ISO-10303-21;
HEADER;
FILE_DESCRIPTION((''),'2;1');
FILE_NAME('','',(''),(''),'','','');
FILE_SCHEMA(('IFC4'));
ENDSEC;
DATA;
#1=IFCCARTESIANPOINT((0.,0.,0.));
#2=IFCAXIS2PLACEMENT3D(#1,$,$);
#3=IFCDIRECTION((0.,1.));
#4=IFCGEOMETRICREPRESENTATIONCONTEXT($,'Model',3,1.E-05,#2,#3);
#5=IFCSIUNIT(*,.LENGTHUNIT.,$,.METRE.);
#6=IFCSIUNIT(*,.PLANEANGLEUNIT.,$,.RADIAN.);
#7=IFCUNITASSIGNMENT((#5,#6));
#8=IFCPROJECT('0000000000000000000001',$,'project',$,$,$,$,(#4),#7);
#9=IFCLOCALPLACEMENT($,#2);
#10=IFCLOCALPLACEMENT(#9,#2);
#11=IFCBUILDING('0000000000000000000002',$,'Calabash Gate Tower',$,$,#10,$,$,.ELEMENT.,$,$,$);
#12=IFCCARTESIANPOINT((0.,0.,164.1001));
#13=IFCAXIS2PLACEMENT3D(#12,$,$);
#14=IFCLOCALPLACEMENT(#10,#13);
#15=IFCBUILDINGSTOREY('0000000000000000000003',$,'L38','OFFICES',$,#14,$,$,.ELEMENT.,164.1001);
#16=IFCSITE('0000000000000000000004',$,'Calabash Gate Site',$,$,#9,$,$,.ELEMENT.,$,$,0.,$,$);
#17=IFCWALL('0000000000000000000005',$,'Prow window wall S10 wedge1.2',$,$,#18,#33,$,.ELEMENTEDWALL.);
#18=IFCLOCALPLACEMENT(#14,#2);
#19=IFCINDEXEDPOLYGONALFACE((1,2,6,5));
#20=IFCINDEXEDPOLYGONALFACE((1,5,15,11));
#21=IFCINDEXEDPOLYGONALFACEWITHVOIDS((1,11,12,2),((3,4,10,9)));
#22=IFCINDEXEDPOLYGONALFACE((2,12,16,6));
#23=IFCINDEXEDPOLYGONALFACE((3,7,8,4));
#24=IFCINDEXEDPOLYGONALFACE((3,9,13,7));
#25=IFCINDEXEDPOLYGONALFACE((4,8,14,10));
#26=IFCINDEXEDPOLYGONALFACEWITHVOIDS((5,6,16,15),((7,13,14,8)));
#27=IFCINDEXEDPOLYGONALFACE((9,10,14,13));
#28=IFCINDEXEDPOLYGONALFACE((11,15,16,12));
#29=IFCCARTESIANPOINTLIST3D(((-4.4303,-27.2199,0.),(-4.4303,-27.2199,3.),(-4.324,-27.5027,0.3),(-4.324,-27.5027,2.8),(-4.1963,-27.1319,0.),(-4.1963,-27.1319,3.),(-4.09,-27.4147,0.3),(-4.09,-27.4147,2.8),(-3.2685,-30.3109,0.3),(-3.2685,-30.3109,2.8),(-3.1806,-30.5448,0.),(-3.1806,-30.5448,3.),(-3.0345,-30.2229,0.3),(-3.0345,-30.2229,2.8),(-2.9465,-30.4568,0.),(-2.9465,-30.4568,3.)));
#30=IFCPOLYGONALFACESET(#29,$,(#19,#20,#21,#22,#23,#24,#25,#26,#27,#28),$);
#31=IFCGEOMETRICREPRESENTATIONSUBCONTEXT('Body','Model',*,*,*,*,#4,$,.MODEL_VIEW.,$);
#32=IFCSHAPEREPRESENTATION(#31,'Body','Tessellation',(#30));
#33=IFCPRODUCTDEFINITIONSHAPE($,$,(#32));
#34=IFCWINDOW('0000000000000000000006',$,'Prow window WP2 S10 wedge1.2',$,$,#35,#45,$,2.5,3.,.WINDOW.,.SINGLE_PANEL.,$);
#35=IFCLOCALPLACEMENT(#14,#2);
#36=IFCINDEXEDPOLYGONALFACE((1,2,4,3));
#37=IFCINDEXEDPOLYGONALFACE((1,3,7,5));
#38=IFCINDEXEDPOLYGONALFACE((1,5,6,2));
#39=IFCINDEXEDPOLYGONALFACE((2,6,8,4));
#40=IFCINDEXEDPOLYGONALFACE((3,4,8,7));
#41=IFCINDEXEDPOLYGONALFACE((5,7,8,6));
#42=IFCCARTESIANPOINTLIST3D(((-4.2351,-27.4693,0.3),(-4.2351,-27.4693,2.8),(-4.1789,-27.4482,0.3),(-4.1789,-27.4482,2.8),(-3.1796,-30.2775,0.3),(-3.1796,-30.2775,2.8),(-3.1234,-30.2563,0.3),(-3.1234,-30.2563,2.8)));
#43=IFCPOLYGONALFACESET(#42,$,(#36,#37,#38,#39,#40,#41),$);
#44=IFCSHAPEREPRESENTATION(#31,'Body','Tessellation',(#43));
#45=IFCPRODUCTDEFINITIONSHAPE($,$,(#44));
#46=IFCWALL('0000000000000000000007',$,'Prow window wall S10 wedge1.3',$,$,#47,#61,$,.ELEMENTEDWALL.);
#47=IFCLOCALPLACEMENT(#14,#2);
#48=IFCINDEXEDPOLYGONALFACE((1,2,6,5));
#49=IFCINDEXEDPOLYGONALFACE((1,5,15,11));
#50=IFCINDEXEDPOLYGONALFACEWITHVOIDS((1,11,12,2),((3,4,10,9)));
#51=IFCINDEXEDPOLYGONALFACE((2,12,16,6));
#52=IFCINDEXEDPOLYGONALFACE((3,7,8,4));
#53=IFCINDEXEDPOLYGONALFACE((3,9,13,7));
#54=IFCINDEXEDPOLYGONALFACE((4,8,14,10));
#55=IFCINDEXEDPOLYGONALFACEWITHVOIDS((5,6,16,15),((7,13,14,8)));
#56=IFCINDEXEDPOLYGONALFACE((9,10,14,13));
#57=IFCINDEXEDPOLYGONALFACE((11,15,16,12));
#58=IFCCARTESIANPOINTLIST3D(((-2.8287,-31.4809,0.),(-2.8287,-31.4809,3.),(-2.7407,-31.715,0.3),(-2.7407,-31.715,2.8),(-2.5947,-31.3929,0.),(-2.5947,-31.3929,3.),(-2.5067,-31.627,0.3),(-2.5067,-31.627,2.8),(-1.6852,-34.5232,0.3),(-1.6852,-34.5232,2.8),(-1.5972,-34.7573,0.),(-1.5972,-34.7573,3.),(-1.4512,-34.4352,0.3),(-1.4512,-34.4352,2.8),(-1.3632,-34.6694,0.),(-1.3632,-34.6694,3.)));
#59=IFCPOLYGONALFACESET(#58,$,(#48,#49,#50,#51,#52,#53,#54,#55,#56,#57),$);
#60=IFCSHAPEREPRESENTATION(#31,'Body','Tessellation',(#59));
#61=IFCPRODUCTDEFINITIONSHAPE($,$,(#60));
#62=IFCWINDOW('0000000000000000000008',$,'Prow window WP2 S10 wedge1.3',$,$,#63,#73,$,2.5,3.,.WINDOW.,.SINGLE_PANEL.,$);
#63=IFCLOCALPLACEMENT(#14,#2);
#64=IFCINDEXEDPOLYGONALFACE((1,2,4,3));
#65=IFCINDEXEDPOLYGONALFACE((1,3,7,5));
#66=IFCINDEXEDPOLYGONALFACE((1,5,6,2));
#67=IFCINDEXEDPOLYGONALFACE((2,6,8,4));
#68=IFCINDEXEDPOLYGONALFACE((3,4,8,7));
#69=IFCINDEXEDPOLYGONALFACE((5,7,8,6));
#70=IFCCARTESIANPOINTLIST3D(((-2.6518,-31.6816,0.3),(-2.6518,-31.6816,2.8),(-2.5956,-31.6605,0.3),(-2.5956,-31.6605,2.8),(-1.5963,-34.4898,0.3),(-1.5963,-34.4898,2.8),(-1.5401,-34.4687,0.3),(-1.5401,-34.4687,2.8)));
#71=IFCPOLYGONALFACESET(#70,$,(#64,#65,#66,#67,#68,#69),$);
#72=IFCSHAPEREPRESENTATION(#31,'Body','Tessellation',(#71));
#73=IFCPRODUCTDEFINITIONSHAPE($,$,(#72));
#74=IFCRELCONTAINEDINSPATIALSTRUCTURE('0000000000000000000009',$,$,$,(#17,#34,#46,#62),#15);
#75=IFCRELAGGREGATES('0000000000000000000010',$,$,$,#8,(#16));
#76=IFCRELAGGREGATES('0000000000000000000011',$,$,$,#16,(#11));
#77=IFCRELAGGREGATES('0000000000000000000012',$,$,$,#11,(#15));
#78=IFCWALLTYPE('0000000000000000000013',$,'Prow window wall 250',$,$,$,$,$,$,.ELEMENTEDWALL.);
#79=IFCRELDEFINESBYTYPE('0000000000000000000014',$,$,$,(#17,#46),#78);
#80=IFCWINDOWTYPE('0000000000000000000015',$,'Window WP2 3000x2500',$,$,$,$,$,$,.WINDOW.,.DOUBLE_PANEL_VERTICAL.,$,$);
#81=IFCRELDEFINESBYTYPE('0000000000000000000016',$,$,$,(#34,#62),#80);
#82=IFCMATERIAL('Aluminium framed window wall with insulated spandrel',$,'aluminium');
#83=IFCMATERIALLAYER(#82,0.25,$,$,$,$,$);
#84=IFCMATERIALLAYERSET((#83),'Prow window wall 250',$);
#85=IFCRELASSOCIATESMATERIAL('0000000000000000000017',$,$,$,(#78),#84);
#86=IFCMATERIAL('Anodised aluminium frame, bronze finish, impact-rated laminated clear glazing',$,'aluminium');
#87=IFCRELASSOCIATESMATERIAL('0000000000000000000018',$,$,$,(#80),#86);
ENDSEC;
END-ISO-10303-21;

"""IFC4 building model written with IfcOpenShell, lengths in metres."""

from ifc_helpers import new_model, si_unit, direction, frame, frame_2d, origin, place, context, subcontext, project, spatial, rectangle, extrude, material, layer, layer_set, type_object, element, fill, save


model = new_model("IFC4")

# Units and contexts
model_context = context("Model", 3, precision=1e-05, world=origin(), true_north=direction((0.0, 1.0)))
body_context = subcontext(model_context, "Body", "Model", "MODEL_VIEW")
ifc_project = project(units=[si_unit("LENGTHUNIT", "METRE"), si_unit("PLANEANGLEUNIT", "RADIAN")], contexts=[model_context])

# Site, building, storey
site_placement = place(None, origin())
site = spatial("IfcSite", under=ifc_project, at=site_placement, Name="Calabash Gate Site", CompositionType="ELEMENT", RefElevation=0.0)
building_placement = place(site_placement, origin())
building = spatial("IfcBuilding", under=site, at=building_placement, Name="Calabash Gate Tower", CompositionType="ELEMENT")
storey_placement = place(building_placement, frame((0.0, 0.0, 164.1001)))
storey = spatial("IfcBuildingStorey", under=building, at=storey_placement, Name="L38", Description="OFFICES", CompositionType="ELEMENT", Elevation=164.1001)

# Walls, openings, windows
ifc_material_1 = material(Name="Aluminium framed window wall with insulated spandrel", Category="aluminium")
ifc_layer_1 = layer(ifc_material_1, 0.25)
ifc_layer_set_1 = layer_set([ifc_layer_1], Name="Prow window wall 250")
wall_type_1 = type_object("IfcWallType", Name="Prow window wall 250", PredefinedType="ELEMENTEDWALL", material=ifc_layer_set_1)
wall_1_placement = place(storey_placement, frame((-4.3132, -27.176, 0.0), z_axis=(0.0, 0.0, 1.0), x_axis=(0.351839, -0.936061, 0.0)))
wall_1 = element("IfcWall", 1, at=wall_1_placement, inside=storey, type_object=wall_type_1, Name="Prow window wall S10 wedge1.2", PredefinedType="ELEMENTEDWALL", context=body_context, shape_type="SweptSolid", body=[
    extrude(rectangle(XDim=3.552, YDim=0.25, at=frame_2d((1.7759, 0.0))), origin(), (0.0, 0.0, 1.0), 3.0),
])
opening_1_placement = place(wall_1_placement, frame((0.302, 0.0, 0.3)))
opening_1 = element("IfcOpeningElement", 2, at=opening_1_placement, cuts=wall_1, PredefinedType="OPENING", context=body_context, shape_type="SweptSolid", body=[
    extrude(rectangle(XDim=3.0, YDim=2.5, at=frame_2d((1.5, 1.25))), frame((0.0, 0.135, 0.0), z_axis=(0.0, -1.0, 0.0), x_axis=(1.0, 0.0, 0.0)), (0.0, 0.0, 1.0), 0.27),
])
ifc_material_2 = material(Name="Anodised aluminium frame, bronze finish, impact-rated laminated clear glazing", Category="aluminium")
window_type_1 = type_object("IfcWindowType", Name="Window WP2 3000x2500", PartitioningType="DOUBLE_PANEL_VERTICAL", PredefinedType="WINDOW", material=ifc_material_2)
window_1_placement = place(opening_1_placement, origin())
window_1 = element("IfcWindow", 3, at=window_1_placement, inside=storey, type_object=window_type_1, Name="Prow window WP2 S10 wedge1.2", OverallHeight=2.5, OverallWidth=3.0, PartitioningType="SINGLE_PANEL", PredefinedType="WINDOW", context=body_context, shape_type="SweptSolid", body=[
    extrude(rectangle(XDim=3.0, YDim=2.5, at=frame_2d((1.5, 1.25))), frame((0.0, 0.03, 0.0), z_axis=(0.0, -1.0, 0.0), x_axis=(1.0, 0.0, 0.0)), (0.0, 0.0, 1.0), 0.0601),
])
fill(opening_1, window_1)
wall_2_placement = place(storey_placement, frame((-2.7117, -31.437, 0.0), z_axis=(0.0, 0.0, 1.0), x_axis=(0.351827, -0.936065, 0.0)))
wall_2 = element("IfcWall", 4, at=wall_2_placement, inside=storey, type_object=wall_type_1, Name="Prow window wall S10 wedge1.3", PredefinedType="ELEMENTEDWALL", context=body_context, shape_type="SweptSolid", body=[
    extrude(rectangle(XDim=3.5002, YDim=0.25, at=frame_2d((1.75, 0.0))), origin(), (0.0, 0.0, 1.0), 3.0),
])
opening_2_placement = place(wall_2_placement, frame((0.25, 0.0, 0.3)))
opening_2 = element("IfcOpeningElement", 5, at=opening_2_placement, cuts=wall_2, PredefinedType="OPENING", context=body_context, shape_type="SweptSolid", body=[
    extrude(rectangle(XDim=3.0, YDim=2.5, at=frame_2d((1.5, 1.25))), frame((0.0, 0.135, 0.0), z_axis=(0.0, -1.0, 0.0), x_axis=(1.0, 0.0, 0.0)), (0.0, 0.0, 1.0), 0.27),
])
window_2_placement = place(opening_2_placement, origin())
window_2 = element("IfcWindow", 6, at=window_2_placement, inside=storey, type_object=window_type_1, Name="Prow window WP2 S10 wedge1.3", OverallHeight=2.5, OverallWidth=3.0, PartitioningType="SINGLE_PANEL", PredefinedType="WINDOW", context=body_context, shape_type="SweptSolid", body=[
    extrude(rectangle(XDim=3.0, YDim=2.5, at=frame_2d((1.5, 1.25))), frame((0.0, 0.03, 0.0), z_axis=(0.0, -1.0, 0.0), x_axis=(1.0, 0.0, 0.0)), (0.0, 0.0, 1.0), 0.0601),
])
fill(opening_2, window_2)

save(model, "model.ifc")
